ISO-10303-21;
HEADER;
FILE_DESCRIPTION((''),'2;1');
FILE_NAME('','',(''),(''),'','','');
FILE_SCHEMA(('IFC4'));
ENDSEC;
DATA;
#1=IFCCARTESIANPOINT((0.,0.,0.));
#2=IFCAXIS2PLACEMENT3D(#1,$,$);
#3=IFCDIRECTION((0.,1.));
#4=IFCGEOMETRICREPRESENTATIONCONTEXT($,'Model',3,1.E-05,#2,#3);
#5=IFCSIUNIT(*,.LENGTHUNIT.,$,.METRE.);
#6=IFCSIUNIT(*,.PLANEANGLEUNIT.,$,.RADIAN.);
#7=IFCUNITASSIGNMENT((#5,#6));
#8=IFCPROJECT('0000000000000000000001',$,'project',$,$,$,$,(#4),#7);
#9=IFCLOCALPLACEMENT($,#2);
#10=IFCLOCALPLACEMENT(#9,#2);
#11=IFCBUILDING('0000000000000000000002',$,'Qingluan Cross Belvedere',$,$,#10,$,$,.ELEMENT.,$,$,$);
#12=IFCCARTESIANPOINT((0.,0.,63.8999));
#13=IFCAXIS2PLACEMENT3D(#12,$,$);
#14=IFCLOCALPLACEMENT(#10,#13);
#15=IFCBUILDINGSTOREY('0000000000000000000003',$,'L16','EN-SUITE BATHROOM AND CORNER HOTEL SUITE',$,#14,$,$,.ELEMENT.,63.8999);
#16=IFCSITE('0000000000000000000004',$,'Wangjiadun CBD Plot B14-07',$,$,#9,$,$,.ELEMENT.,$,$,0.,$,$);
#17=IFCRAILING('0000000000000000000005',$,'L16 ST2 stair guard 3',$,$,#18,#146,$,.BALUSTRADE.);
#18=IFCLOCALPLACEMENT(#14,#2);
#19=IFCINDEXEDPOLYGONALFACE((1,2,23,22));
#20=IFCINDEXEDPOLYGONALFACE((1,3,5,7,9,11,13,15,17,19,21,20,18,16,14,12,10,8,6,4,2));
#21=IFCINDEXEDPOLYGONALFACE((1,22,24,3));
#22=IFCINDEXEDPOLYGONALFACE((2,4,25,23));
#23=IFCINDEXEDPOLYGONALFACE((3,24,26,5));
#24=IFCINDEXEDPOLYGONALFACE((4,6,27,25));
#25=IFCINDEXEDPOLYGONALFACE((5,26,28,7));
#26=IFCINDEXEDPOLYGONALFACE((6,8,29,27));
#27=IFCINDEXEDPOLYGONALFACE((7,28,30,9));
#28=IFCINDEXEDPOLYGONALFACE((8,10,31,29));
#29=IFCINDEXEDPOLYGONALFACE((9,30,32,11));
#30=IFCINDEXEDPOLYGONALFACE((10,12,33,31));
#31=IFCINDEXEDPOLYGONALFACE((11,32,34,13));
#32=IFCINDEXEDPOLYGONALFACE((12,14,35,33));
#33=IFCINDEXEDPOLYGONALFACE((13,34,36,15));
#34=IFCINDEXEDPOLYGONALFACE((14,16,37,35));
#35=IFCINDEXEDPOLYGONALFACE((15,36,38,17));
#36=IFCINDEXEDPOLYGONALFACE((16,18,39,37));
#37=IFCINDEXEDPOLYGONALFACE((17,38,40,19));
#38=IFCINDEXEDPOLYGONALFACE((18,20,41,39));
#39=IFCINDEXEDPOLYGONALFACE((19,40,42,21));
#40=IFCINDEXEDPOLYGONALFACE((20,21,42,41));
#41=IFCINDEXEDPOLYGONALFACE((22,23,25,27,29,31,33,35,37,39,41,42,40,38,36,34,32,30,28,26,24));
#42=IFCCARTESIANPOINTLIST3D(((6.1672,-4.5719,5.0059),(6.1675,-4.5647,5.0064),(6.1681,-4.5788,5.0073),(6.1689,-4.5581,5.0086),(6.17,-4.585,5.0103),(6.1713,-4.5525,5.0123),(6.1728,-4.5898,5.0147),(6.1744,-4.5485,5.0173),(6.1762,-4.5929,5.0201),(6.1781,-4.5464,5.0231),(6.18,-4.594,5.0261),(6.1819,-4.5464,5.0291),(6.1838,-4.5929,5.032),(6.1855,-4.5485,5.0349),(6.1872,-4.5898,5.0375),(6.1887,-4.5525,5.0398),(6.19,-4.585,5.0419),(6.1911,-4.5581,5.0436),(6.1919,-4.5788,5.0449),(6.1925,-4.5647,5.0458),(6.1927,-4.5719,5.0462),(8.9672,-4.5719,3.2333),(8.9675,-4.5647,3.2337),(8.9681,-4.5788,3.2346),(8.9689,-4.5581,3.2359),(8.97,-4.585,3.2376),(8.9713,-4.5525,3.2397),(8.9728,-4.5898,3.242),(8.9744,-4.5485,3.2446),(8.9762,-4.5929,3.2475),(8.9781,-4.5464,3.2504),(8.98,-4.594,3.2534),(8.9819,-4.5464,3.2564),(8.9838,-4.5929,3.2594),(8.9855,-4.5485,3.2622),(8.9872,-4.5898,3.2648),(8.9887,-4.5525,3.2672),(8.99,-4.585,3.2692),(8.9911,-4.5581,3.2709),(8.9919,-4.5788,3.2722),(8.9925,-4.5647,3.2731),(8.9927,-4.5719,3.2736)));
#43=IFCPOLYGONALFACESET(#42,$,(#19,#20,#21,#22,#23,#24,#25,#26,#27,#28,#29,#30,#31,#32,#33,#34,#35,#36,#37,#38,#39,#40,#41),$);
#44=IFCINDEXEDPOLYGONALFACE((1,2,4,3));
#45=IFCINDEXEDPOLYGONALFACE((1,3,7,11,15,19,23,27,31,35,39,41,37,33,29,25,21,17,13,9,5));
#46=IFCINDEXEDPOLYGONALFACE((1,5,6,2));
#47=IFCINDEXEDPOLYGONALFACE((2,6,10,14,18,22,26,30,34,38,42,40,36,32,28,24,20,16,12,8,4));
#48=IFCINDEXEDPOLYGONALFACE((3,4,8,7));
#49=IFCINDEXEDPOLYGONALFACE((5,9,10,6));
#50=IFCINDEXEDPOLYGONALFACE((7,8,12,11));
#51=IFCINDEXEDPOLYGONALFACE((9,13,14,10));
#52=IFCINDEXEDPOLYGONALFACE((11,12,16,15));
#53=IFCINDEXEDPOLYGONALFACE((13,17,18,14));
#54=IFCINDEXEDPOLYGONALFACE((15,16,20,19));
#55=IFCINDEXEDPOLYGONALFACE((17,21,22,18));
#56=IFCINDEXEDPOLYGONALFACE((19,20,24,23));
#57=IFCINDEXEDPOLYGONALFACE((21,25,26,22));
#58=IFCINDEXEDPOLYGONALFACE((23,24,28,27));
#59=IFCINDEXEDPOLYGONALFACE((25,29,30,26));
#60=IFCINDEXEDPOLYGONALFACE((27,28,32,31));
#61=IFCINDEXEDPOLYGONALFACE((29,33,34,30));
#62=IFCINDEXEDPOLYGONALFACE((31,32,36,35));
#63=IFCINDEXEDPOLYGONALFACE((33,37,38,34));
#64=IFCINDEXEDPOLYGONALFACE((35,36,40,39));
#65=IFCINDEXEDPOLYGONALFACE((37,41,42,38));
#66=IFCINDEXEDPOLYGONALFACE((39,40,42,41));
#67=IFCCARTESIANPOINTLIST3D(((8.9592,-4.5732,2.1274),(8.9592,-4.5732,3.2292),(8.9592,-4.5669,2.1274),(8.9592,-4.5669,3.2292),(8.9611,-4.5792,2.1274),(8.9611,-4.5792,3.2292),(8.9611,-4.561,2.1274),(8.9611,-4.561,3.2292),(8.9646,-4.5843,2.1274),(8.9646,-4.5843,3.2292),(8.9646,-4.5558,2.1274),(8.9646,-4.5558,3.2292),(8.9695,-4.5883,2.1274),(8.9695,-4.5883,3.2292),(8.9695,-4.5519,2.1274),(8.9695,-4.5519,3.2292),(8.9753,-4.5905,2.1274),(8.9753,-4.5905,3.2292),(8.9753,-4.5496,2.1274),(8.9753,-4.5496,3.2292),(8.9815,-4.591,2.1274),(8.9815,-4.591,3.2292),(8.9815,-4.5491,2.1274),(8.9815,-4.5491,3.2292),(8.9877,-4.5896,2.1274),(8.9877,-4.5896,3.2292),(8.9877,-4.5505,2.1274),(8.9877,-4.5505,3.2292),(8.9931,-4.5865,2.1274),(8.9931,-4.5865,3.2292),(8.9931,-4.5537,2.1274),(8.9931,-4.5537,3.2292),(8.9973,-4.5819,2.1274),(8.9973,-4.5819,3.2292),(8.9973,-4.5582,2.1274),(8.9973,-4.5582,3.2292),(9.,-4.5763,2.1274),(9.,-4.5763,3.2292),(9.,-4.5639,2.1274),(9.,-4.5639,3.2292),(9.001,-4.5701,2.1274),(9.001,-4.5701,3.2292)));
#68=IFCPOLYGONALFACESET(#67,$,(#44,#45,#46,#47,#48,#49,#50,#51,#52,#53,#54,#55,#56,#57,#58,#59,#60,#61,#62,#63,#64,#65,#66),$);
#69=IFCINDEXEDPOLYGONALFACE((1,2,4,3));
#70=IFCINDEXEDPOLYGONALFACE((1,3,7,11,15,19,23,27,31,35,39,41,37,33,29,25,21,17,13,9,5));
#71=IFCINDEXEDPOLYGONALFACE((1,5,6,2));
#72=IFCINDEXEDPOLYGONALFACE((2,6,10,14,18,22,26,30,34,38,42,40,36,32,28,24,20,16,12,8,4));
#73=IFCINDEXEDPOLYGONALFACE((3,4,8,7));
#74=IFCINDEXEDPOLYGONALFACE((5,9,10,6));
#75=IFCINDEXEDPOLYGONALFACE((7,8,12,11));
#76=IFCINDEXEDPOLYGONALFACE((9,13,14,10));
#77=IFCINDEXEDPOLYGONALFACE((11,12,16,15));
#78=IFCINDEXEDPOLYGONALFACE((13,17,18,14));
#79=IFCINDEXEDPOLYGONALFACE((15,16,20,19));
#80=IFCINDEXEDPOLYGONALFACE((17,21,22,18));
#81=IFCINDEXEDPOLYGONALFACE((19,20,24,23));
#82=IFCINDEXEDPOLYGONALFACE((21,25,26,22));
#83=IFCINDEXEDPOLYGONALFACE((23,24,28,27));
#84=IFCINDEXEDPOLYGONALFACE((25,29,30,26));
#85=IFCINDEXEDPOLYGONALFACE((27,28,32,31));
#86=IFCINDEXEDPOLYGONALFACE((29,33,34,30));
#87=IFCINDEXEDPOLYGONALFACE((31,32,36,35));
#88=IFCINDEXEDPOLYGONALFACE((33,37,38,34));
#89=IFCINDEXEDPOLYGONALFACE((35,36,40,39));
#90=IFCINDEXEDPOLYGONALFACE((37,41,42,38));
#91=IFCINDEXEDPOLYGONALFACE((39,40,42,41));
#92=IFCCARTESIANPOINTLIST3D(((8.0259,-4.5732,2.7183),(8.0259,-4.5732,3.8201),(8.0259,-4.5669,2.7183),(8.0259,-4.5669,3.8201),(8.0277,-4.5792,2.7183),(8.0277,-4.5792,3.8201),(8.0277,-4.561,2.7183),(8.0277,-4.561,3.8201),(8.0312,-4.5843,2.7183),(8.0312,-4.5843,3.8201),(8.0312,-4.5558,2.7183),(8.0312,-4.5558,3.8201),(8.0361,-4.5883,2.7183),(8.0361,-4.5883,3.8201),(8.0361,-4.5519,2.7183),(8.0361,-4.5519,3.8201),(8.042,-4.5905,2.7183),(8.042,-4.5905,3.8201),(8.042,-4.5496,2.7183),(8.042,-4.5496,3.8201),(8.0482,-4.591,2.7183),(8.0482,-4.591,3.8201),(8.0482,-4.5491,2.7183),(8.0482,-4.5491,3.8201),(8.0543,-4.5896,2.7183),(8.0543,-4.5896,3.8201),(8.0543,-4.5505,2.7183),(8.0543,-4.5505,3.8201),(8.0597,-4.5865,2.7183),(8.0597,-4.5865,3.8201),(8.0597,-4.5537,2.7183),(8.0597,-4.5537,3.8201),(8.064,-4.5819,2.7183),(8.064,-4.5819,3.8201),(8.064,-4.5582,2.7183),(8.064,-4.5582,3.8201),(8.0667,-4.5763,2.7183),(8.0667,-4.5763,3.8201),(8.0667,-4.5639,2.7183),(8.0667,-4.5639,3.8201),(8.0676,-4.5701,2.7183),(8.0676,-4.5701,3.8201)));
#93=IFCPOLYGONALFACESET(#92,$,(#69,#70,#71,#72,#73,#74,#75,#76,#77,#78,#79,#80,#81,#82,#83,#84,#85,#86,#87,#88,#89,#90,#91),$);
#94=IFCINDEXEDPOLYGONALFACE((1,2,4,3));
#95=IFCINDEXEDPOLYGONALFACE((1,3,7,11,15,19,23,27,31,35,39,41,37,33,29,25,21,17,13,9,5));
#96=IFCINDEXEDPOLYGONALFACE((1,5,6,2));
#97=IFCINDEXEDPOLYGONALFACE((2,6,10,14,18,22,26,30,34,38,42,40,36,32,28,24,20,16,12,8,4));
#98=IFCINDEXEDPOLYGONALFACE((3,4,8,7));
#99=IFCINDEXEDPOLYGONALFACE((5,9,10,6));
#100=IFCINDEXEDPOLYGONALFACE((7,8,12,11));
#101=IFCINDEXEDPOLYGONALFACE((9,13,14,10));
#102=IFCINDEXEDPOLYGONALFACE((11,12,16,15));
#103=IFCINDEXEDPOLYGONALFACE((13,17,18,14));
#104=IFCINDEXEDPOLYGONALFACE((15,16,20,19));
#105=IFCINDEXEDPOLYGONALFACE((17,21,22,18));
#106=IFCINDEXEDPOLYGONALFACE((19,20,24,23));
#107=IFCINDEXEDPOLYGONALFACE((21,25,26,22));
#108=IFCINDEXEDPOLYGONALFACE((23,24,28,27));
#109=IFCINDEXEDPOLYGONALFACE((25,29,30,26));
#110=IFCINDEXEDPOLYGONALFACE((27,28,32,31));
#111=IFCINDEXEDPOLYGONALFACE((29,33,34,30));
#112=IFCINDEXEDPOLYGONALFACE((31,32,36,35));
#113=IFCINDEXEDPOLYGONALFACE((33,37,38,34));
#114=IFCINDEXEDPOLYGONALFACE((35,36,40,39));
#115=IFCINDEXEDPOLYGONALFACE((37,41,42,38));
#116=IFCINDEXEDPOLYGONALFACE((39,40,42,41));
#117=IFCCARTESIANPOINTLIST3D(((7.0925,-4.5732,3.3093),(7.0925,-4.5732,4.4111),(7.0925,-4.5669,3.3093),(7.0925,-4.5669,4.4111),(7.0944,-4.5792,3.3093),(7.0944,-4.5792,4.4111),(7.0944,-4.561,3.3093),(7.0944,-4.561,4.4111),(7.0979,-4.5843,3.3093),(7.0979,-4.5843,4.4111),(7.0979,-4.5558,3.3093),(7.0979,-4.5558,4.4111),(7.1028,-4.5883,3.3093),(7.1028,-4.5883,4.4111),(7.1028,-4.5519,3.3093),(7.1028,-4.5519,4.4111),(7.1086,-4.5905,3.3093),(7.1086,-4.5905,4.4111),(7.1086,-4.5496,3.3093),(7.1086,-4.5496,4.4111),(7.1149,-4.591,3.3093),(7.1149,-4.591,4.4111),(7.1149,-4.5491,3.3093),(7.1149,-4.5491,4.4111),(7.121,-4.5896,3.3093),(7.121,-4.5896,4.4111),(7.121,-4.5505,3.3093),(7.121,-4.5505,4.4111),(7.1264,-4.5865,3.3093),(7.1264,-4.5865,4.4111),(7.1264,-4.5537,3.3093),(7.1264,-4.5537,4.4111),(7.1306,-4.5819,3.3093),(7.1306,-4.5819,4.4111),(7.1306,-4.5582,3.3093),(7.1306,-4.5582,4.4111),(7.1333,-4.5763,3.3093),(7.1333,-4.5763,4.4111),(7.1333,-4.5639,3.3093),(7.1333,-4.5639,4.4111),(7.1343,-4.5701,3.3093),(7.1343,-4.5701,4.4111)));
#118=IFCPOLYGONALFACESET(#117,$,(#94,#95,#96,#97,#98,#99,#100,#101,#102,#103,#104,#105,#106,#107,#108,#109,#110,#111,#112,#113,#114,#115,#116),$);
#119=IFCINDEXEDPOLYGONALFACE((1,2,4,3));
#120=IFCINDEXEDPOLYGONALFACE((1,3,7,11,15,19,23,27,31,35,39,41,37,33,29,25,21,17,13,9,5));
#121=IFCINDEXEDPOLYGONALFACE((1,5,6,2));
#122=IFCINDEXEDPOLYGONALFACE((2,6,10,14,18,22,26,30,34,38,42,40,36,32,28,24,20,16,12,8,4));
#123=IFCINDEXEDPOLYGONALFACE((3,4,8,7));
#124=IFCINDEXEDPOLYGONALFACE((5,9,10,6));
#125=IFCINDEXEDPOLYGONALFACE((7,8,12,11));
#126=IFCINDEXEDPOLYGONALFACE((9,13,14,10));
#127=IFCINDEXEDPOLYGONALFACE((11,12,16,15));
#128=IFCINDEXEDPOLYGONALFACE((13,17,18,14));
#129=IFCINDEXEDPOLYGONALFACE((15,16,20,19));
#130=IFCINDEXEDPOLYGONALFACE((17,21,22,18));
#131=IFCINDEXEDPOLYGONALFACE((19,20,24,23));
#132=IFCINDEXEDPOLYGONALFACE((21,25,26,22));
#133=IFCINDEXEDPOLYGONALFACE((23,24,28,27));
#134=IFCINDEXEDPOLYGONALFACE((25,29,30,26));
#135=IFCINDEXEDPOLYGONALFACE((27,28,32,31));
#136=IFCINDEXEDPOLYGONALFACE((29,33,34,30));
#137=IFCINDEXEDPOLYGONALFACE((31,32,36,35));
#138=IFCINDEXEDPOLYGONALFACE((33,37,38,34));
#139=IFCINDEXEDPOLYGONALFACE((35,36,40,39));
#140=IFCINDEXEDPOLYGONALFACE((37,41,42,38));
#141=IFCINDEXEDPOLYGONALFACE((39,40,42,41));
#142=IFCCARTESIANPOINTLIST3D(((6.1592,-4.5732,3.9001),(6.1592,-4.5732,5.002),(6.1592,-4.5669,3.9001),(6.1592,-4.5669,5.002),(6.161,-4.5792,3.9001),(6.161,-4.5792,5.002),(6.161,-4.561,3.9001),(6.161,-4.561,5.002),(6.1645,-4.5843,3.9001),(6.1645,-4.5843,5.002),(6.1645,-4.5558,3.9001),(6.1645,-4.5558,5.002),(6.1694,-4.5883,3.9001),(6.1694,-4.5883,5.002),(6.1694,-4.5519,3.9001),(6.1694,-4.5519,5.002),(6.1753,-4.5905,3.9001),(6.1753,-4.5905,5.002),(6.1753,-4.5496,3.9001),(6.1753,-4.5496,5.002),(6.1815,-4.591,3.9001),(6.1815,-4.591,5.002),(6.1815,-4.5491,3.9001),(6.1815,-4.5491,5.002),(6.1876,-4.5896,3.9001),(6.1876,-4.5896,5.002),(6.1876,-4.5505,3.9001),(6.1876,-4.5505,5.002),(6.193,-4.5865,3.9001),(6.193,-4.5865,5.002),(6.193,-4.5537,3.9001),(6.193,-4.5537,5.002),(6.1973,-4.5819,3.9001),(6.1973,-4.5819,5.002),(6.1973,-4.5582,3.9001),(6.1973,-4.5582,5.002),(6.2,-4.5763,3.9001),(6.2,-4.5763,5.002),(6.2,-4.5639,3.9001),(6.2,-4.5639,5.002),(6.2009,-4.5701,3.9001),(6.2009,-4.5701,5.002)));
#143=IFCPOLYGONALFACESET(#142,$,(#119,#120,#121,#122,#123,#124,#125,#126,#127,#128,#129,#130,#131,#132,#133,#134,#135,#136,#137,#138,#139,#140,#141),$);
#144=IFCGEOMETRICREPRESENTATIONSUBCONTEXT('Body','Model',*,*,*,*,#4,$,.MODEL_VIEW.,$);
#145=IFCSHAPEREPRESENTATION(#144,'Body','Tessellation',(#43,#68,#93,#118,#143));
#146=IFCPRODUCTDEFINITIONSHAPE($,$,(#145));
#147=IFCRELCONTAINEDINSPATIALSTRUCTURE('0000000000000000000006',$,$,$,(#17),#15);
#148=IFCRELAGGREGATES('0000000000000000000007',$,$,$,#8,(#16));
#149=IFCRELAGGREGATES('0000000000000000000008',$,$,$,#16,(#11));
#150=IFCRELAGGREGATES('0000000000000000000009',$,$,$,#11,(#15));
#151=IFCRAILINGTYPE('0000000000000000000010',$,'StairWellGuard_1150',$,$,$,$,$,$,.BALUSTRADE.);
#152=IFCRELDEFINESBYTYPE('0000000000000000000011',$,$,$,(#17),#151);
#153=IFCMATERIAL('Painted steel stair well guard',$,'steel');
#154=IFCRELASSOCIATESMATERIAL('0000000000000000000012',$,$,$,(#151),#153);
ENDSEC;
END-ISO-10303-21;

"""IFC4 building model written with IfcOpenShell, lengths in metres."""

from ifc_helpers import new_model, si_unit, direction, frame, origin, origin_2d, place, context, subcontext, project, spatial, circle, extrude, material, type_object, element, save


model = new_model("IFC4")

# Units and contexts
model_context = context("Model", 3, precision=1e-05, world=origin(), true_north=direction((0.0, 1.0)))
body_context = subcontext(model_context, "Body", "Model", "MODEL_VIEW")
ifc_project = project(units=[si_unit("LENGTHUNIT", "METRE"), si_unit("PLANEANGLEUNIT", "RADIAN")], contexts=[model_context])

# Site, building, storey
site_placement = place(None, origin())
site = spatial("IfcSite", under=ifc_project, at=site_placement, Name="Wangjiadun CBD Plot B14-07", CompositionType="ELEMENT", RefElevation=0.0)
building_placement = place(site_placement, origin())
building = spatial("IfcBuilding", under=site, at=building_placement, Name="Qingluan Cross Belvedere", CompositionType="ELEMENT")
storey_placement = place(building_placement, frame((0.0, 0.0, 63.8999)))
storey = spatial("IfcBuildingStorey", under=building, at=storey_placement, Name="L16", Description="EN-SUITE BATHROOM AND CORNER HOTEL SUITE", CompositionType="ELEMENT", Elevation=63.8999)

# Railing
ifc_material_1 = material(Name="Painted steel stair well guard", Category="steel")
railing_type_1 = type_object("IfcRailingType", Name="StairWellGuard_1150", PredefinedType="BALUSTRADE", material=ifc_material_1)
railing_1_placement = place(storey_placement, frame((8.98, -4.5701, 2.1274)))
element("IfcRailing", 1, at=railing_1_placement, inside=storey, type_object=railing_type_1, Name="L16 ST2 stair guard 3", PredefinedType="BALUSTRADE", context=body_context, shape_type="SweptSolid", body=[
    extrude(circle(Radius=0.0239, at=origin_2d()), frame((0.0, 0.0, 1.126), z_axis=(-0.844909, 0.0, 0.53491), x_axis=(0.0, -1.0, 0.0)), (0.0, 0.0, 1.0), 3.314),
    extrude(circle(Radius=0.021, at=origin_2d()), origin(), (0.0, 0.0, 1.0), 1.1018),
    extrude(circle(Radius=0.021, at=origin_2d()), frame((-0.9333, 0.0, 0.5908)), (0.0, 0.0, 1.0), 1.1018),
    extrude(circle(Radius=0.021, at=origin_2d()), frame((-1.8667, 0.0, 1.1819)), (0.0, 0.0, 1.0), 1.1018),
    extrude(circle(Radius=0.021, at=origin_2d()), frame((-2.8, 0.0, 1.7727)), (0.0, 0.0, 1.0), 1.1018),
])

save(model, "model.ifc")
